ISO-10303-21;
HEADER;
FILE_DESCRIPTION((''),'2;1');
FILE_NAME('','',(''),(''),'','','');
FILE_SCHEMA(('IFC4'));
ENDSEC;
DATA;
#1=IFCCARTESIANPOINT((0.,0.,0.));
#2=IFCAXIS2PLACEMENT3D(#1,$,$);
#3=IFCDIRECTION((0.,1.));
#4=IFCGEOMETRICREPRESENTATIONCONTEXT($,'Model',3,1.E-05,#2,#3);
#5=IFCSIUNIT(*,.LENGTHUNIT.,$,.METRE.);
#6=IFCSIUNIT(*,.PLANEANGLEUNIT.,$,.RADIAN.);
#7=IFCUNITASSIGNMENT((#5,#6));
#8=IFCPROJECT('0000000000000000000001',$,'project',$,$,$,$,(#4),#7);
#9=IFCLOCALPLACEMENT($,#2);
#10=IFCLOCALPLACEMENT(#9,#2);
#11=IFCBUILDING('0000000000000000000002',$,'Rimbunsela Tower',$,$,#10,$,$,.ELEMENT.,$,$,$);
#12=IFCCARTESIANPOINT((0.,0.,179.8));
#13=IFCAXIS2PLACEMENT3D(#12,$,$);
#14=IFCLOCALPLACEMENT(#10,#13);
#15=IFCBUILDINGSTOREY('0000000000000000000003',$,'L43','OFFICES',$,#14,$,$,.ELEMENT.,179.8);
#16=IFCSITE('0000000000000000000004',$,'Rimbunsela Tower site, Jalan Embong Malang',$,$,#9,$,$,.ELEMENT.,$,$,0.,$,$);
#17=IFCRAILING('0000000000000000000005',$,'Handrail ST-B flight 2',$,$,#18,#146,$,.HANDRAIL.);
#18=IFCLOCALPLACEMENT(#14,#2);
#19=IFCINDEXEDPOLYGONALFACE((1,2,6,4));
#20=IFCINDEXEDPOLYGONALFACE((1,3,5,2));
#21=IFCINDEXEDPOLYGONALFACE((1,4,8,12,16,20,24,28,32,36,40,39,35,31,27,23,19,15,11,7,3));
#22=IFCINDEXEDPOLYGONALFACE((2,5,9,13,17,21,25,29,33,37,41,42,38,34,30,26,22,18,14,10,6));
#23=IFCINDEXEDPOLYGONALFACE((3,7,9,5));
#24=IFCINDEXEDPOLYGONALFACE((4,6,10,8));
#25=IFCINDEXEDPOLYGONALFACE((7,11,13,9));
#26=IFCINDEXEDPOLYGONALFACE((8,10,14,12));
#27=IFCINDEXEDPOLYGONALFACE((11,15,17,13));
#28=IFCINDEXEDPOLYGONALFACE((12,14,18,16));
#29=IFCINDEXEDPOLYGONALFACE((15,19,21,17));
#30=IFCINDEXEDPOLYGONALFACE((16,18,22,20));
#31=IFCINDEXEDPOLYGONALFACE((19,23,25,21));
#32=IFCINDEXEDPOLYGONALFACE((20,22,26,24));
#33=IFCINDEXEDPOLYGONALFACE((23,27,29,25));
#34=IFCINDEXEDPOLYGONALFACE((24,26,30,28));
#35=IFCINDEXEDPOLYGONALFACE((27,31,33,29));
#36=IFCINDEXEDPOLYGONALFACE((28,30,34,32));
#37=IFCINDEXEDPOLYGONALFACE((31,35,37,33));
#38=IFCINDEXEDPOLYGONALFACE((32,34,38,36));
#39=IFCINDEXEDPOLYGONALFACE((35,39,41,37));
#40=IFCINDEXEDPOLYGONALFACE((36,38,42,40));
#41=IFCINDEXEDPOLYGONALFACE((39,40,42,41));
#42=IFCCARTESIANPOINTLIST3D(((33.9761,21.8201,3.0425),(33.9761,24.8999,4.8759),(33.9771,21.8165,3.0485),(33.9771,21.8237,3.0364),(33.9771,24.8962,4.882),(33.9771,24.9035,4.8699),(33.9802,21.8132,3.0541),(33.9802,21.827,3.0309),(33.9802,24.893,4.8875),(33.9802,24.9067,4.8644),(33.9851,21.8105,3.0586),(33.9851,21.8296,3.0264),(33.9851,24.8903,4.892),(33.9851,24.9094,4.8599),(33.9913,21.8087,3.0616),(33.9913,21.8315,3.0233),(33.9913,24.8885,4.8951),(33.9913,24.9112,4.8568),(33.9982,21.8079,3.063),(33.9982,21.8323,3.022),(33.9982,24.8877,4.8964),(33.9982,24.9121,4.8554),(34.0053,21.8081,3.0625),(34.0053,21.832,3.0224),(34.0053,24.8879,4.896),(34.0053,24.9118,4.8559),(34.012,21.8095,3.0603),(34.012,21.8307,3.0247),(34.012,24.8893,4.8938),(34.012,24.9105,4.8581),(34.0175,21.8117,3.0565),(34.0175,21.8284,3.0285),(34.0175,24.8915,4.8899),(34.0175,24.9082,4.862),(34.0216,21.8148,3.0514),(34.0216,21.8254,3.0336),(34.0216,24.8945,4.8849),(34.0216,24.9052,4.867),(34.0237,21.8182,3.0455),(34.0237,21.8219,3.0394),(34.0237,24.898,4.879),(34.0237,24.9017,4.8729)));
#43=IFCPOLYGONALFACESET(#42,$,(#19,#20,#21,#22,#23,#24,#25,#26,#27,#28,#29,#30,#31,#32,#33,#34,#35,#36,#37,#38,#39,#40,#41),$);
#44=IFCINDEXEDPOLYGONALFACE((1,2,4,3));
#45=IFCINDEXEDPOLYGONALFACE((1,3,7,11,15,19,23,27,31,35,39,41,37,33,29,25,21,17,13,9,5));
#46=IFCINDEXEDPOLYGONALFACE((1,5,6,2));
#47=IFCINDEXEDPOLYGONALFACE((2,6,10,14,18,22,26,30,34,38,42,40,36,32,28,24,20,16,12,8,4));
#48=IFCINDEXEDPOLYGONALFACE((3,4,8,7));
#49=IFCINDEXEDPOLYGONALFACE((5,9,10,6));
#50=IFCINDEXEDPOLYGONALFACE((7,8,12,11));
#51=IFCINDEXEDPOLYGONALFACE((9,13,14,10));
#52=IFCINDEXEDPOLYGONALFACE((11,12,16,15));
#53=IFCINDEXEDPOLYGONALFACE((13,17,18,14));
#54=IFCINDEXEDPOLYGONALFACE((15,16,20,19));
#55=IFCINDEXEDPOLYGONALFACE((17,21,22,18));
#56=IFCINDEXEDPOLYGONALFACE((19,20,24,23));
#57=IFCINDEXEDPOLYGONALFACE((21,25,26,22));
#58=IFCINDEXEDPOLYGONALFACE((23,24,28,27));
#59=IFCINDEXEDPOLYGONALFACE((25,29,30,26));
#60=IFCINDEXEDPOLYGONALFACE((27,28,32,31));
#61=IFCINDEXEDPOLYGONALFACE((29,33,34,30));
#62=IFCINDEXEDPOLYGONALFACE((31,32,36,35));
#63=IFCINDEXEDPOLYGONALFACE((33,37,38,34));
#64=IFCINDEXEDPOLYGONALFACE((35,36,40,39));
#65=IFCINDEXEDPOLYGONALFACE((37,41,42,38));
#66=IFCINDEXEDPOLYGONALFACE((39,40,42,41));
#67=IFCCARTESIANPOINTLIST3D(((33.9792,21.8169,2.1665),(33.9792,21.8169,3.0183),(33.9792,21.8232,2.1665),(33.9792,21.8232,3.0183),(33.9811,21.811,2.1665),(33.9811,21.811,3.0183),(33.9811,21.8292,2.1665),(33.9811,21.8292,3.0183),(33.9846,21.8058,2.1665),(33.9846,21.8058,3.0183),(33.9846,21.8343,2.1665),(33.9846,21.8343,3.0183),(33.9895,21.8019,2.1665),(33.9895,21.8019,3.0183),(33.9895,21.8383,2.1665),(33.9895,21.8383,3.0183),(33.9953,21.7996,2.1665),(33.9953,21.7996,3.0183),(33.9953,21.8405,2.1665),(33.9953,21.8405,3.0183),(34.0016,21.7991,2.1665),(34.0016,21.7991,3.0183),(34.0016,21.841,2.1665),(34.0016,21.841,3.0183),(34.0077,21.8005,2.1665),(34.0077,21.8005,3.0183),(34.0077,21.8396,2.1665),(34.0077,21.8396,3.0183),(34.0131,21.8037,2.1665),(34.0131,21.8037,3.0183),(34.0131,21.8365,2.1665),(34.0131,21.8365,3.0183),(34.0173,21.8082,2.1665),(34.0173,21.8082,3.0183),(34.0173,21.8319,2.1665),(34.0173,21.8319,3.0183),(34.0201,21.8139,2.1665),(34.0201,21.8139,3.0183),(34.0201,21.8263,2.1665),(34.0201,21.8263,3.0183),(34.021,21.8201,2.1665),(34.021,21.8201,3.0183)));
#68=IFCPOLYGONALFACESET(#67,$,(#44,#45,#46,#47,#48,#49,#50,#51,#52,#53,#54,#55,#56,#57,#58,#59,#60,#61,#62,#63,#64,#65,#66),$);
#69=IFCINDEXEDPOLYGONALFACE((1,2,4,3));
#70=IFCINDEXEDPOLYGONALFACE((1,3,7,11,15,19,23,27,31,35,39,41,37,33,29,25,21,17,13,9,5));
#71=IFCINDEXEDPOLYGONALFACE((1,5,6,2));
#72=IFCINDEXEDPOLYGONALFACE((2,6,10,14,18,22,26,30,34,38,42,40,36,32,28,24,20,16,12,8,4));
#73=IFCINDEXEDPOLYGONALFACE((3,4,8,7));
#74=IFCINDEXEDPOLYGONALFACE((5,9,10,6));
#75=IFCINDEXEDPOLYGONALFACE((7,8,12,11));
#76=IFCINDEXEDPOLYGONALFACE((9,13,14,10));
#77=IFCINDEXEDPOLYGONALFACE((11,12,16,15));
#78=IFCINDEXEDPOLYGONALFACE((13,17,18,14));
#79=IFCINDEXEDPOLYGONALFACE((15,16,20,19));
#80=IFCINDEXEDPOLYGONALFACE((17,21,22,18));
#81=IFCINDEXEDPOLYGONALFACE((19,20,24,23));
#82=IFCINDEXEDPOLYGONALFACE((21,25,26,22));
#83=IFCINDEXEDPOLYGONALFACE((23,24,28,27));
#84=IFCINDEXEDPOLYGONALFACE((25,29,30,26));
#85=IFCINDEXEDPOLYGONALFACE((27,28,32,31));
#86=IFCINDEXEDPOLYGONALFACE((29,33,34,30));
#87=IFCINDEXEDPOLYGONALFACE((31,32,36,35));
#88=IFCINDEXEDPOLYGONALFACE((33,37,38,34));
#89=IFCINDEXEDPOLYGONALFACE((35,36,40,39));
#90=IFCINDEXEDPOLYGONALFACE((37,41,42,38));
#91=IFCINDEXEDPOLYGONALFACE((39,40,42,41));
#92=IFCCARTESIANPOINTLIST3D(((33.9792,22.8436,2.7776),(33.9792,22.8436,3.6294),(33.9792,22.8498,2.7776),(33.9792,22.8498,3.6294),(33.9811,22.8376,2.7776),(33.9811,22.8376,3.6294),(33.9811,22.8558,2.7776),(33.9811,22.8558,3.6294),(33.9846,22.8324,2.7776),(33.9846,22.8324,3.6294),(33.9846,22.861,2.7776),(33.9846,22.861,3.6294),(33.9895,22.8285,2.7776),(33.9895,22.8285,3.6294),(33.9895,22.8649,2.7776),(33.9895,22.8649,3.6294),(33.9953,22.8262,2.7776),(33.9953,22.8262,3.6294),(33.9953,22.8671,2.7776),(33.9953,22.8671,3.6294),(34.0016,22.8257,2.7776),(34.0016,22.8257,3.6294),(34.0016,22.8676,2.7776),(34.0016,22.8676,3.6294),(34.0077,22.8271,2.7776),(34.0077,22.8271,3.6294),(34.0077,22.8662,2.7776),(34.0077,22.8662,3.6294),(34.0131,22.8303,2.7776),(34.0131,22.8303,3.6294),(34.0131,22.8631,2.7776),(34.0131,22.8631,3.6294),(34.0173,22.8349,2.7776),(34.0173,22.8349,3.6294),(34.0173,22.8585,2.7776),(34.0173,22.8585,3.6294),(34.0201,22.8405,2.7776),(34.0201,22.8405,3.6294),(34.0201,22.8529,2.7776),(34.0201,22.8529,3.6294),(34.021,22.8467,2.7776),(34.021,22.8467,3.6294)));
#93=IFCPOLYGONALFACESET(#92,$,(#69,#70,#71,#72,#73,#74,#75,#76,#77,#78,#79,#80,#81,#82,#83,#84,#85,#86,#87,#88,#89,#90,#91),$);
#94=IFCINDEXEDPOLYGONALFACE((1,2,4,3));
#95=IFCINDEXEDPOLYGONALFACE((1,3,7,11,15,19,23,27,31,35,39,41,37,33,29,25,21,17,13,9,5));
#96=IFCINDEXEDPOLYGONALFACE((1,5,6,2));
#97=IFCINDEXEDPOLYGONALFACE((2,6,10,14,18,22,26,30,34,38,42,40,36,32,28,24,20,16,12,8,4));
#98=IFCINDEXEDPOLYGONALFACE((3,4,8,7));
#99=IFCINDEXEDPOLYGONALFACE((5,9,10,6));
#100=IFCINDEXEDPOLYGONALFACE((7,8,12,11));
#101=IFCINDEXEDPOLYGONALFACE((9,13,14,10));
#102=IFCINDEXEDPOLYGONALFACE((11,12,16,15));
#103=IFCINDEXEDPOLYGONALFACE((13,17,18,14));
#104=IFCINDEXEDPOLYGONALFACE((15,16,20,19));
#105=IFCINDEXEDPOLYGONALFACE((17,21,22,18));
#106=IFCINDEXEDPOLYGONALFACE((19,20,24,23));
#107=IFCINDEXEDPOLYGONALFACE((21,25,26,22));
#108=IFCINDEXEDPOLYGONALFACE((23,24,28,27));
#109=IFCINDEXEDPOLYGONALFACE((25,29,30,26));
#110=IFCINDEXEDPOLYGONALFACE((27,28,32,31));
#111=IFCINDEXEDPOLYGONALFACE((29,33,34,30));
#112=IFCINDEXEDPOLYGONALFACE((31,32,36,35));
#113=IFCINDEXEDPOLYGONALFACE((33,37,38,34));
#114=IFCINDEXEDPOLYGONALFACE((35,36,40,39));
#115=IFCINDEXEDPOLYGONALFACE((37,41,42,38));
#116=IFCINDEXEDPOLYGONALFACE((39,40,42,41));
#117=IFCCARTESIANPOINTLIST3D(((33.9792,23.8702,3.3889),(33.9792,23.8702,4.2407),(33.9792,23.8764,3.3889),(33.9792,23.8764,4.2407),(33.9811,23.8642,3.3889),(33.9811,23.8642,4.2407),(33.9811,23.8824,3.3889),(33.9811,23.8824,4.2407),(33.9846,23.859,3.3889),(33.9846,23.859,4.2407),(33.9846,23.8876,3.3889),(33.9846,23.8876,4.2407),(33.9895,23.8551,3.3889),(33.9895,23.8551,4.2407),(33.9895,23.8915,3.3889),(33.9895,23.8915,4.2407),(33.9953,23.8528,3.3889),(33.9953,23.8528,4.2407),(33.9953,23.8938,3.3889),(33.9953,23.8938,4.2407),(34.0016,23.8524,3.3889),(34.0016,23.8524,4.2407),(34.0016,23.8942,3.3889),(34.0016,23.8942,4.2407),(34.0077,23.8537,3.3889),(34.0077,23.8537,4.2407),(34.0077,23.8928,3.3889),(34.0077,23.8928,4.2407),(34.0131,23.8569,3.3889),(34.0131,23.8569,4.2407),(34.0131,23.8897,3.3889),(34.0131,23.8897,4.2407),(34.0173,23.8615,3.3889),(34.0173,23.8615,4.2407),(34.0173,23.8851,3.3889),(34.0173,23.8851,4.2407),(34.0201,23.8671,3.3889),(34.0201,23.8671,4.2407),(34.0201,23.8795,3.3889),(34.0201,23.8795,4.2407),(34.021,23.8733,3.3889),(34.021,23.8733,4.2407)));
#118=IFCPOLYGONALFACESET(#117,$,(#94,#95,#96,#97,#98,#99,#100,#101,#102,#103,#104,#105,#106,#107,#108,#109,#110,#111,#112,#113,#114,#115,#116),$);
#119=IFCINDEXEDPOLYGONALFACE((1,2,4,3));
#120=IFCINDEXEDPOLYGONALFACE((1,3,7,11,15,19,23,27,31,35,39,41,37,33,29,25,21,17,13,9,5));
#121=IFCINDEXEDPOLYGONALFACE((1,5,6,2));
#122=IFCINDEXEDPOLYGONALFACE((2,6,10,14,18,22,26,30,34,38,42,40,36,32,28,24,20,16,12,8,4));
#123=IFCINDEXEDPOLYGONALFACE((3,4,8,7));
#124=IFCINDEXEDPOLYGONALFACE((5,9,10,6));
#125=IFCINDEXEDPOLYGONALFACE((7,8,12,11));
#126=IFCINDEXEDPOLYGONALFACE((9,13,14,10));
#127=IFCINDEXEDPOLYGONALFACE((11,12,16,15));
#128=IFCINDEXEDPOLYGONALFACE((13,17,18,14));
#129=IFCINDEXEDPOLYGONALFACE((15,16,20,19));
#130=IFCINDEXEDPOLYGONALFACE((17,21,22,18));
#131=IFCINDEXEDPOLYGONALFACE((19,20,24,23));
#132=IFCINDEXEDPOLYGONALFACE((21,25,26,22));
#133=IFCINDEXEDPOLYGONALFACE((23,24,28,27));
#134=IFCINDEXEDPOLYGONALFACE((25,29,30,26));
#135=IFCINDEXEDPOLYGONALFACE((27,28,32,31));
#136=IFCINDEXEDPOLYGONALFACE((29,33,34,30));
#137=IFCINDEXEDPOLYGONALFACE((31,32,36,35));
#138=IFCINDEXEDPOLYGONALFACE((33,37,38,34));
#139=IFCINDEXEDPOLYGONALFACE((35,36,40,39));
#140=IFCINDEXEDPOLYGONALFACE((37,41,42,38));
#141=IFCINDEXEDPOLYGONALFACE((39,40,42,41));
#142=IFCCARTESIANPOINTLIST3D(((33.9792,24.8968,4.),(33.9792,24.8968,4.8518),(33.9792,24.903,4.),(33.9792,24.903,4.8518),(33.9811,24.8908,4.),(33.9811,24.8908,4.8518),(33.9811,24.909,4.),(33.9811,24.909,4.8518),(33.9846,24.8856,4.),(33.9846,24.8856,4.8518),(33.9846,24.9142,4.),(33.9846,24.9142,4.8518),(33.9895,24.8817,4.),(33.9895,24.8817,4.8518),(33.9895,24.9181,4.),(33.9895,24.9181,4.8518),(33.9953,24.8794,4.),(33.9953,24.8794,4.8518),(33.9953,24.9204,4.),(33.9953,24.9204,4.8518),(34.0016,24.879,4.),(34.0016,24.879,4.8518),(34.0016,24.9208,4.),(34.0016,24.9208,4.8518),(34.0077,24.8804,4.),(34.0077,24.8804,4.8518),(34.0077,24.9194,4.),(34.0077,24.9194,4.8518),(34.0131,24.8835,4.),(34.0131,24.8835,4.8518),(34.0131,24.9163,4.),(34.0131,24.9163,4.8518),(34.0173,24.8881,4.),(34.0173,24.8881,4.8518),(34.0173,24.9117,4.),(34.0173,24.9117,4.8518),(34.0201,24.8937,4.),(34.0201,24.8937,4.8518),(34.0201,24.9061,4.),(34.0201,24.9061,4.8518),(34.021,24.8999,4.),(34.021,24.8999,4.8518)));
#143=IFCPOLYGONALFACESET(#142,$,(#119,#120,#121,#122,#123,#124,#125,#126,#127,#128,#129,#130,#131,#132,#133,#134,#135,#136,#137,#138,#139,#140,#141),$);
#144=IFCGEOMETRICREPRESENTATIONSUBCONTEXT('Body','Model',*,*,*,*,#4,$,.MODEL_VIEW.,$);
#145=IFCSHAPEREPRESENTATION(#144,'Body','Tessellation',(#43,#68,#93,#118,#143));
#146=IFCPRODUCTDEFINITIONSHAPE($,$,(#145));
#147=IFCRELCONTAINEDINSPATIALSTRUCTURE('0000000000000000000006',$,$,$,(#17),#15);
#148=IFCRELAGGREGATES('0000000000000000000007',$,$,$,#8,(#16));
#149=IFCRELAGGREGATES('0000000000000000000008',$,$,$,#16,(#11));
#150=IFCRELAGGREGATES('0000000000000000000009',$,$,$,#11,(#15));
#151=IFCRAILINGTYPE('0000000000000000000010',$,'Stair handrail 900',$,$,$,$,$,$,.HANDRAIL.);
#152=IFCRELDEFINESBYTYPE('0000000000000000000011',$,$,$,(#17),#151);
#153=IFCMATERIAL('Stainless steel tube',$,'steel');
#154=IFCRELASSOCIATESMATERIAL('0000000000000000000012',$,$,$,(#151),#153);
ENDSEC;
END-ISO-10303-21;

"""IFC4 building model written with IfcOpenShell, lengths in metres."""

from ifc_helpers import new_model, si_unit, direction, frame, origin, origin_2d, place, context, subcontext, project, spatial, circle, extrude, material, type_object, element, save


model = new_model("IFC4")

# Units and contexts
model_context = context("Model", 3, precision=1e-05, world=origin(), true_north=direction((0.0, 1.0)))
body_context = subcontext(model_context, "Body", "Model", "MODEL_VIEW")
ifc_project = project(units=[si_unit("LENGTHUNIT", "METRE"), si_unit("PLANEANGLEUNIT", "RADIAN")], contexts=[model_context])

# Site, building, storey
site_placement = place(None, origin())
site = spatial("IfcSite", under=ifc_project, at=site_placement, Name="Rimbunsela Tower site, Jalan Embong Malang", CompositionType="ELEMENT", RefElevation=0.0)
building_placement = place(site_placement, origin())
building = spatial("IfcBuilding", under=site, at=building_placement, Name="Rimbunsela Tower", CompositionType="ELEMENT")
storey_placement = place(building_placement, frame((0.0, 0.0, 179.8)))
storey = spatial("IfcBuildingStorey", under=building, at=storey_placement, Name="L43", Description="OFFICES", CompositionType="ELEMENT", Elevation=179.8)

# Railing
ifc_material_1 = material(Name="Stainless steel tube", Category="steel")
railing_type = type_object("IfcRailingType", Name="Stair handrail 900", PredefinedType="HANDRAIL", material=ifc_material_1)
railing_placement = place(storey_placement, frame((34.0, 21.8201, 2.1665)))
element("IfcRailing", 1, at=railing_placement, inside=storey, type_object=railing_type, Name="Handrail ST-B flight 2", PredefinedType="HANDRAIL", context=body_context, shape_type="SweptSolid", body=[
    extrude(circle(Radius=0.0239, at=origin_2d()), frame((0.0, 0.0, 0.876), z_axis=(0.0, 0.859261, 0.511538), x_axis=(-1.0, 0.0, 0.0)), (0.0, 0.0, 1.0), 3.5842),
    extrude(circle(Radius=0.021, at=origin_2d()), origin(), (0.0, 0.0, 1.0), 0.8518),
    extrude(circle(Radius=0.021, at=origin_2d()), frame((0.0, 1.0266, 0.6111)), (0.0, 0.0, 1.0), 0.8518),
    extrude(circle(Radius=0.021, at=origin_2d()), frame((0.0, 2.0532, 1.2224)), (0.0, 0.0, 1.0), 0.8518),
    extrude(circle(Radius=0.021, at=origin_2d()), frame((0.0, 3.0798, 1.8335)), (0.0, 0.0, 1.0), 0.8518),
])

save(model, "model.ifc")
